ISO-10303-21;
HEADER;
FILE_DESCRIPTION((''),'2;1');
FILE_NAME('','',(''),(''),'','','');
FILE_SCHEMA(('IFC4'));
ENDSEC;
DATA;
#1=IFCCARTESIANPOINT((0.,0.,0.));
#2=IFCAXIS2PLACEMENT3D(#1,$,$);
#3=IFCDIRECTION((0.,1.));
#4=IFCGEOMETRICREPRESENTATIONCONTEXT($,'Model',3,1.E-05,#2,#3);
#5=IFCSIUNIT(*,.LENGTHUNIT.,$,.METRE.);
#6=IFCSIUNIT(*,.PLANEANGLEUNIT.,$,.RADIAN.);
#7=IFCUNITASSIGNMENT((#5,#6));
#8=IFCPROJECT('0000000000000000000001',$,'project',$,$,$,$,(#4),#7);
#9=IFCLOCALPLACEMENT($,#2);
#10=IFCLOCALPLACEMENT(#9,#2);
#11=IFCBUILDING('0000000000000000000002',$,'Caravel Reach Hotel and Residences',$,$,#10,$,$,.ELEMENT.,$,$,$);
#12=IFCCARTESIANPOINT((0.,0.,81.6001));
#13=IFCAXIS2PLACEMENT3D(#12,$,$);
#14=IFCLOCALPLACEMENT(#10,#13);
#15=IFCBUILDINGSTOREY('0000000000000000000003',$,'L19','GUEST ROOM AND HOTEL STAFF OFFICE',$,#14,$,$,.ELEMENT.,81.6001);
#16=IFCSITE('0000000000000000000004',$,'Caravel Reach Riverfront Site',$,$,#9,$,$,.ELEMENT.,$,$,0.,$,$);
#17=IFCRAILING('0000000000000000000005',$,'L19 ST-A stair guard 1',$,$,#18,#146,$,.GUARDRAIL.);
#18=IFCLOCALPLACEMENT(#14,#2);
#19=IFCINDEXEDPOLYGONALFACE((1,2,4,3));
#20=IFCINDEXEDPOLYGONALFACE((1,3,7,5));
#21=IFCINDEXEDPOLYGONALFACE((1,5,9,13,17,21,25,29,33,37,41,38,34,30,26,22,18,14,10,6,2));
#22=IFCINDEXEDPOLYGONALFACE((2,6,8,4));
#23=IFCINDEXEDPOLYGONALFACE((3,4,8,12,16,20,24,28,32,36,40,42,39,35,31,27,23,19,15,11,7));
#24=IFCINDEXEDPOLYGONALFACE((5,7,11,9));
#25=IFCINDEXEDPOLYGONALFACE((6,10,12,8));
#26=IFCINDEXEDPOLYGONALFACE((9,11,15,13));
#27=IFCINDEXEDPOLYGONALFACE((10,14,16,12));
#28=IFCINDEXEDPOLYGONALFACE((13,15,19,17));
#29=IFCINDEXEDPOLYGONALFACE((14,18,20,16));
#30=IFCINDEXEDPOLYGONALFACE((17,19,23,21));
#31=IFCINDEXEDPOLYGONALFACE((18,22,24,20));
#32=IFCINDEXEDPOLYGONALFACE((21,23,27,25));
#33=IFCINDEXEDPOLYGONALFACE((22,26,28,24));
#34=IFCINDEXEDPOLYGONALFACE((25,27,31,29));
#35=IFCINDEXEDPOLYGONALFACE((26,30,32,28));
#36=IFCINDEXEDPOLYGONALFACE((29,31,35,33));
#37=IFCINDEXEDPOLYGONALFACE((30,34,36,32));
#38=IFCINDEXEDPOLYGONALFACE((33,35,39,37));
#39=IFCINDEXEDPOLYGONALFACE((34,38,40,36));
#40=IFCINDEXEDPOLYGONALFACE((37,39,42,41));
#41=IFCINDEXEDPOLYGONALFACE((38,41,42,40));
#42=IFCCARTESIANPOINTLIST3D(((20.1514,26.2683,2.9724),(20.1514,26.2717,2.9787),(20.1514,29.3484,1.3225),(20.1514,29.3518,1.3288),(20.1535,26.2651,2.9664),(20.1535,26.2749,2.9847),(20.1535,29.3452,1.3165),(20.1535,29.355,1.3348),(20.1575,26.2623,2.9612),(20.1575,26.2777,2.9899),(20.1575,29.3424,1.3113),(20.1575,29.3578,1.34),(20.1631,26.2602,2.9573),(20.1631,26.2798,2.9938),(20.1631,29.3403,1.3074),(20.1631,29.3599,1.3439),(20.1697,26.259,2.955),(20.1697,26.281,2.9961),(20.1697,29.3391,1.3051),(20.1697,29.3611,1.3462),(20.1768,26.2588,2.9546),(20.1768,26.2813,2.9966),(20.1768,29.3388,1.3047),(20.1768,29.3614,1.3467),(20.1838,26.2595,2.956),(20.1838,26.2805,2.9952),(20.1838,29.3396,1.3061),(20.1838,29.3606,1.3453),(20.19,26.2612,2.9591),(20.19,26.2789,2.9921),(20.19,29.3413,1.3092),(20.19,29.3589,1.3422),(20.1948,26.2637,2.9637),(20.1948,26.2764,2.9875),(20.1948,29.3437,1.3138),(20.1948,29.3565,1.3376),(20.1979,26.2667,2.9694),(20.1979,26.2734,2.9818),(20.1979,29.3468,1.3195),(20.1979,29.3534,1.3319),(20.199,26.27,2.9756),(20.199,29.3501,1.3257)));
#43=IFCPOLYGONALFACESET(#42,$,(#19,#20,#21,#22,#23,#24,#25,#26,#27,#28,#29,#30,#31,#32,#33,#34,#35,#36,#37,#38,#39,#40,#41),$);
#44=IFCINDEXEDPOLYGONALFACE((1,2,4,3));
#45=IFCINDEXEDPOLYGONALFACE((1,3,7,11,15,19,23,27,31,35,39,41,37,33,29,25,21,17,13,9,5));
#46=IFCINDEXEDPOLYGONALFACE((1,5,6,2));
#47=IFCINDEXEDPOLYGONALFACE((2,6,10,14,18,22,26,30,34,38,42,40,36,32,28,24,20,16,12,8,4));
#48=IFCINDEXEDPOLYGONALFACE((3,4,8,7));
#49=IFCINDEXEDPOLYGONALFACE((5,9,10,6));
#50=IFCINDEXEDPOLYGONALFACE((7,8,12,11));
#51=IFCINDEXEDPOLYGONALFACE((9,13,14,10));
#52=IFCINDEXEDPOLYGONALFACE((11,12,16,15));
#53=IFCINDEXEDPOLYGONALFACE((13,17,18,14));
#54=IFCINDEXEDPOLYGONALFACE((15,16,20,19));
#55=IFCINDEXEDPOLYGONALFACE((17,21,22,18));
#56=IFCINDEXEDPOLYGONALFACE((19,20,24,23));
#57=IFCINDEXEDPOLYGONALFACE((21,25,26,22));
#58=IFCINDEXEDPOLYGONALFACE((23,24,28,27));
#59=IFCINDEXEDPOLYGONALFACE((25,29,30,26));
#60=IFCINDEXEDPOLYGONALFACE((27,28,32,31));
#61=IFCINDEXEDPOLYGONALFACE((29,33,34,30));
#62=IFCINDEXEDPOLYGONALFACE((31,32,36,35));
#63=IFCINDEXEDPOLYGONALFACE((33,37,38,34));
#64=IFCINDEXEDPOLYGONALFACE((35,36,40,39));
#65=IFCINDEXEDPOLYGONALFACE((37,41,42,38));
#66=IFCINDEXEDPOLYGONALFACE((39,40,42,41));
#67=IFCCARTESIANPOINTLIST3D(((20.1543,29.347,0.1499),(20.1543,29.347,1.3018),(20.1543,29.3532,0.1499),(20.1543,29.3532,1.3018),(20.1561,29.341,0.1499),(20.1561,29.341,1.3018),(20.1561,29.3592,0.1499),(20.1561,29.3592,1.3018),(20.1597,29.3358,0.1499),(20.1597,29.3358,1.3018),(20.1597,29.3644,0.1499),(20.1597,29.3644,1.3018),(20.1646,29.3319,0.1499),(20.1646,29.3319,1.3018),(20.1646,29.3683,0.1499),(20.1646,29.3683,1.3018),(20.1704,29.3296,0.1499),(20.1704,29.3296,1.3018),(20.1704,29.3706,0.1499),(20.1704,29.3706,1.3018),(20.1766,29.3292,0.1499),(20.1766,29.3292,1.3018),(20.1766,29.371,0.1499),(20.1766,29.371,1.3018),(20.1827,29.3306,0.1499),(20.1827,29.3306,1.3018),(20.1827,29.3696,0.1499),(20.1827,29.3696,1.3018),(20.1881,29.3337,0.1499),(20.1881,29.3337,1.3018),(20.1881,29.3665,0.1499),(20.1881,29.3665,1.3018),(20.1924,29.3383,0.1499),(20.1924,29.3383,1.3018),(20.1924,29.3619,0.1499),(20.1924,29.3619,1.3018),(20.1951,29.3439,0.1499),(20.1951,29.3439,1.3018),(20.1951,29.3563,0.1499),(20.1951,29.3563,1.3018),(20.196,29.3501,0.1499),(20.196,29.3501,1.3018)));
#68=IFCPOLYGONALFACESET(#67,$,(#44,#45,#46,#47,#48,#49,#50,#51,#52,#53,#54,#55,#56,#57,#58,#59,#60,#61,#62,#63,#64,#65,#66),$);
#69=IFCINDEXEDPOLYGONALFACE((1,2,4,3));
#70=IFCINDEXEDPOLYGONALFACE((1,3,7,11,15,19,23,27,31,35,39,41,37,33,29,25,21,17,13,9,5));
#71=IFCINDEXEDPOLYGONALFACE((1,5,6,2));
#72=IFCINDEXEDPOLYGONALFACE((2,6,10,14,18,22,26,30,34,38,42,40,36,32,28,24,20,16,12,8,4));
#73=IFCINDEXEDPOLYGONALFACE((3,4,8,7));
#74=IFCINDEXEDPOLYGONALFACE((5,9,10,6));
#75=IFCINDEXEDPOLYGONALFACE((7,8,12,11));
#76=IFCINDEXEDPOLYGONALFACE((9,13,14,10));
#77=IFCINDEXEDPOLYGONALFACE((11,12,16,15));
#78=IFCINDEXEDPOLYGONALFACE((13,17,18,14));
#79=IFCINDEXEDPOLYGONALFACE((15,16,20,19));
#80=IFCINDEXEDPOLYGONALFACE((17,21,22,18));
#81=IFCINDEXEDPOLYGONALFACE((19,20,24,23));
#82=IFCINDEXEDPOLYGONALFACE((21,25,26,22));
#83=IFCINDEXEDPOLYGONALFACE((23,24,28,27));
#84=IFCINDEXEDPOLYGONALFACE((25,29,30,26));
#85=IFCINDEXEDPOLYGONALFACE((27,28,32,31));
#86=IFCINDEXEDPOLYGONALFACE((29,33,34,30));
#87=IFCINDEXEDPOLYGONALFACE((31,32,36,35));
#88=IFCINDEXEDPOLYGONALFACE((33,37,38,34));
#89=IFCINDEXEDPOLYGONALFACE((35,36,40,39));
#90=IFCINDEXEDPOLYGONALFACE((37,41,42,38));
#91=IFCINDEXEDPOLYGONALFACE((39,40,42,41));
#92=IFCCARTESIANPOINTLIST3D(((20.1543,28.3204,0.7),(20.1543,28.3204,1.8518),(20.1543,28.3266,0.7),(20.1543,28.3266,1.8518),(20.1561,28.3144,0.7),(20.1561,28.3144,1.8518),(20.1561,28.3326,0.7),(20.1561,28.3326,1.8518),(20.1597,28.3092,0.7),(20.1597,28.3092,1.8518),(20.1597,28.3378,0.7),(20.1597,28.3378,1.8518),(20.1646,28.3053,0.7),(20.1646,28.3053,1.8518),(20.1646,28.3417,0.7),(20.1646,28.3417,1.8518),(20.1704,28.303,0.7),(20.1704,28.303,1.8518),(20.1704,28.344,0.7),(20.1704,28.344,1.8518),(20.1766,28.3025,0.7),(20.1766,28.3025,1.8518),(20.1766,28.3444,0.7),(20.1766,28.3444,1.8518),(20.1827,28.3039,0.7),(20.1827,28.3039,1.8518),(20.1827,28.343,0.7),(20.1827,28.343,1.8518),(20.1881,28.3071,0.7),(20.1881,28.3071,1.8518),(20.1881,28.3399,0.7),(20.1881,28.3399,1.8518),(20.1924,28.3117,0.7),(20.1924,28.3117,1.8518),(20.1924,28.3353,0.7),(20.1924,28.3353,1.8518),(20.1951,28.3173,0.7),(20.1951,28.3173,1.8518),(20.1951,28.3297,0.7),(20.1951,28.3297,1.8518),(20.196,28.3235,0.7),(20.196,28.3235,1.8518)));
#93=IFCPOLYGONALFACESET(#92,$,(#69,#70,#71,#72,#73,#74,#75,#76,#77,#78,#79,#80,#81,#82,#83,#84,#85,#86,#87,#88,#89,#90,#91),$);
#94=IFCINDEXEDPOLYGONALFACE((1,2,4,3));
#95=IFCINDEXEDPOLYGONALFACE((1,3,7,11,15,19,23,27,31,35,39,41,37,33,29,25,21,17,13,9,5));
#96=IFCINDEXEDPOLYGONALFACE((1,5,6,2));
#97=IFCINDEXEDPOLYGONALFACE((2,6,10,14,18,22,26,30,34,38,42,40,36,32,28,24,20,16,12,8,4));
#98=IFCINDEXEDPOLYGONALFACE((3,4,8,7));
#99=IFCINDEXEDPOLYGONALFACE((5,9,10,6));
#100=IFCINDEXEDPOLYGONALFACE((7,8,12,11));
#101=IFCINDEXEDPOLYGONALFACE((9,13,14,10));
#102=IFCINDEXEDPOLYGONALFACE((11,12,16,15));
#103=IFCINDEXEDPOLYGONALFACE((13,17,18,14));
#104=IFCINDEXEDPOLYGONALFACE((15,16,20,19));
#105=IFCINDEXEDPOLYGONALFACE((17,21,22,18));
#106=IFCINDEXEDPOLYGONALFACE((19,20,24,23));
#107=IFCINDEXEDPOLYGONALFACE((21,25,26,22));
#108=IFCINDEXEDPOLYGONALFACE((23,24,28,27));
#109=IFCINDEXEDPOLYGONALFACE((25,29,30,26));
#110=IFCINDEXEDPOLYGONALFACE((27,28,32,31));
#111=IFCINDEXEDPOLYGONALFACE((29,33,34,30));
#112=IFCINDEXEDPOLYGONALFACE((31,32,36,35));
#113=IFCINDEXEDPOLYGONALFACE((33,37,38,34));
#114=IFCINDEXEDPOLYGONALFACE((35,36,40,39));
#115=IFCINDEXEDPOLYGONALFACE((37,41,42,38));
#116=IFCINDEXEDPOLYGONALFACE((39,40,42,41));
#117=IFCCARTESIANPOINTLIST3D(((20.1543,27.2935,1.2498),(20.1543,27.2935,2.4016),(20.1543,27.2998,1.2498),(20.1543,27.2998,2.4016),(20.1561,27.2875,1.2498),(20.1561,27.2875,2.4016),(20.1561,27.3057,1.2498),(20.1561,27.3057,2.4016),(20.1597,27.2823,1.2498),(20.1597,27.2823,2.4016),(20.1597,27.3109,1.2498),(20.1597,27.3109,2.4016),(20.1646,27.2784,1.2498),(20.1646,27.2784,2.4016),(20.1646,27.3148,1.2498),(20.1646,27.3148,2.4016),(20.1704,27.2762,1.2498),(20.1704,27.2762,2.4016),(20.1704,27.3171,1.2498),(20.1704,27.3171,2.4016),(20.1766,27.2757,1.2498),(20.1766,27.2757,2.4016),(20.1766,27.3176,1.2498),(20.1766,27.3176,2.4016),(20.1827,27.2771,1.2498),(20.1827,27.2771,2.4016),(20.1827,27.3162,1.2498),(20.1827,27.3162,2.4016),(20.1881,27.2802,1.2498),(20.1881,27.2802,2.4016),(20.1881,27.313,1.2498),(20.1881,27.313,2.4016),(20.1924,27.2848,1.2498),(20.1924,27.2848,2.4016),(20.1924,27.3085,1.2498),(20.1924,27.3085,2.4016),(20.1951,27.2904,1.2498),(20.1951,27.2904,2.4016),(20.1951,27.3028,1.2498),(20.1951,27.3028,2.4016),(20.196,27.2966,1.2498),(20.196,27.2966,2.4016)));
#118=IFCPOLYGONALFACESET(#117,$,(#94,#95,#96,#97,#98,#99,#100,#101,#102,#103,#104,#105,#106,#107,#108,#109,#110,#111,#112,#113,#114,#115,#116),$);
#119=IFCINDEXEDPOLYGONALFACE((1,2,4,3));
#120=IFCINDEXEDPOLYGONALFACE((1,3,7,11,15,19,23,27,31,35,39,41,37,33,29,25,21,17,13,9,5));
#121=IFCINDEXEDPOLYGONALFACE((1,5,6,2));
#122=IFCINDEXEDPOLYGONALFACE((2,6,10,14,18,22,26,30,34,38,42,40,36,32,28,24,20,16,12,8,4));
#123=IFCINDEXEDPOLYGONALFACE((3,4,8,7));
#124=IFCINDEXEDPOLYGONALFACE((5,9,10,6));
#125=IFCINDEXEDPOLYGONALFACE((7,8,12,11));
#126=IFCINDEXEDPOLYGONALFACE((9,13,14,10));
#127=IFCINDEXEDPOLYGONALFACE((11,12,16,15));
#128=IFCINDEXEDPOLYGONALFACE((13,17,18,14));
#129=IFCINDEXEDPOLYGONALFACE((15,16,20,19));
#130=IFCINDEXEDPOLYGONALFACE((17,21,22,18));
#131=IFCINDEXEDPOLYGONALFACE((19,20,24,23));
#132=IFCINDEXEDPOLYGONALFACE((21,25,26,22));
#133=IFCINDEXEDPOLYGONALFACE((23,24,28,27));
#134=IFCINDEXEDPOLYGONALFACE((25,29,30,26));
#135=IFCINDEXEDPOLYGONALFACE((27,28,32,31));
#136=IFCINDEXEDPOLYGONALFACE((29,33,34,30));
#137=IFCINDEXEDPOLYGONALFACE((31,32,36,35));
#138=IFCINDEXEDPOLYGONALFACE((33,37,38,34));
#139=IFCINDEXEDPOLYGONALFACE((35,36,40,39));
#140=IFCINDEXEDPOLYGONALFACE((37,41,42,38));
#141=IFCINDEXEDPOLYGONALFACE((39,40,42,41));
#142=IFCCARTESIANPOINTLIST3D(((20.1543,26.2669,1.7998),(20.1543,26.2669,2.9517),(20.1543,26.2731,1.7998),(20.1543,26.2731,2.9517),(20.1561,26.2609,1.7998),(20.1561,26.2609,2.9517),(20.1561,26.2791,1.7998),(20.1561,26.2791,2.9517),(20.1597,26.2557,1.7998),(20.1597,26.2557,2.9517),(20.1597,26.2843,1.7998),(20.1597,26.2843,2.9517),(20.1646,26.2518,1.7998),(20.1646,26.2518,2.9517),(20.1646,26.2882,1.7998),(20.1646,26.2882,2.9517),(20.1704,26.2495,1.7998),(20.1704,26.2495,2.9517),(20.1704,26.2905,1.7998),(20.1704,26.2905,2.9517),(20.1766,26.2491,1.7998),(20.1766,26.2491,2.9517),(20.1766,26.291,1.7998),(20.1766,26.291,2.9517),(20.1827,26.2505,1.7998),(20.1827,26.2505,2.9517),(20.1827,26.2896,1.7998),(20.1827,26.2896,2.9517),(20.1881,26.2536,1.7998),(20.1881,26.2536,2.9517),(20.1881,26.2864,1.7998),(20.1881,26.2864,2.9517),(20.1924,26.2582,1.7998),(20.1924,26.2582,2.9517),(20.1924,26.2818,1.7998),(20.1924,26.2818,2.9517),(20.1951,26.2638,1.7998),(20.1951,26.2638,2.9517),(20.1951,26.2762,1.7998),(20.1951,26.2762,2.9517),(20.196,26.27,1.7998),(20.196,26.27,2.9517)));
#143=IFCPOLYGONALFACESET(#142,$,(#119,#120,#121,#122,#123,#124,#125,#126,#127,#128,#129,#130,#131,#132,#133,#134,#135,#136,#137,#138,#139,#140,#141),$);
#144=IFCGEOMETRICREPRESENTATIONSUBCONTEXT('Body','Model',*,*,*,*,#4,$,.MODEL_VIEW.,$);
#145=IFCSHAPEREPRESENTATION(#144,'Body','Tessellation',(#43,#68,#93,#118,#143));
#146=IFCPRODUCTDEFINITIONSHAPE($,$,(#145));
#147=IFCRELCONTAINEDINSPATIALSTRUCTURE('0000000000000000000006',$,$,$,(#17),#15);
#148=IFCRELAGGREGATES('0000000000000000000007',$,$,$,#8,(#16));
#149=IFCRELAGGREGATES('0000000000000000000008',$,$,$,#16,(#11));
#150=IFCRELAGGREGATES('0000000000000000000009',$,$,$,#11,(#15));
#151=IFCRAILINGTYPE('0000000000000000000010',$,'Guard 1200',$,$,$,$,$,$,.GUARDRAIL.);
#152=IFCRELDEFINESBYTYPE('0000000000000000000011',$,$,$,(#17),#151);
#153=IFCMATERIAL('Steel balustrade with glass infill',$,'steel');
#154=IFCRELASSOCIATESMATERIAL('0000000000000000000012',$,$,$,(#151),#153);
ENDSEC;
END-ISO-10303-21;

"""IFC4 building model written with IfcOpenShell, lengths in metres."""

from ifc_helpers import new_model, si_unit, direction, frame, origin, origin_2d, place, context, subcontext, project, spatial, circle, extrude, material, type_object, element, save


model = new_model("IFC4")

# Units and contexts
model_context = context("Model", 3, precision=1e-05, world=origin(), true_north=direction((0.0, 1.0)))
body_context = subcontext(model_context, "Body", "Model", "MODEL_VIEW")
ifc_project = project(units=[si_unit("LENGTHUNIT", "METRE"), si_unit("PLANEANGLEUNIT", "RADIAN")], contexts=[model_context])

# Site, building, storey
site_placement = place(None, origin())
site = spatial("IfcSite", under=ifc_project, at=site_placement, Name="Caravel Reach Riverfront Site", CompositionType="ELEMENT", RefElevation=0.0)
building_placement = place(site_placement, origin())
building = spatial("IfcBuilding", under=site, at=building_placement, Name="Caravel Reach Hotel and Residences", CompositionType="ELEMENT")
storey_placement = place(building_placement, frame((0.0, 0.0, 81.6001)))
storey = spatial("IfcBuildingStorey", under=building, at=storey_placement, Name="L19", Description="GUEST ROOM AND HOTEL STAFF OFFICE", CompositionType="ELEMENT", Elevation=81.6001)

# Railing
ifc_material_1 = material(Name="Steel balustrade with glass infill", Category="steel")
railing_type_1 = type_object("IfcRailingType", Name="Guard 1200", PredefinedType="GUARDRAIL", material=ifc_material_1)
railing_1_placement = place(storey_placement, frame((20.175, 29.3501, 0.1499)))
element("IfcRailing", 1, at=railing_1_placement, inside=storey, type_object=railing_type_1, Name="L19 ST-A stair guard 1", PredefinedType="GUARDRAIL", context=body_context, shape_type="SweptSolid", body=[
    extrude(circle(Radius=0.0239, at=origin_2d()), frame((0.0, 0.0, 1.1758), z_axis=(0.0, -0.881497, 0.47219), x_axis=(1.0, 0.0, 0.0)), (0.0, 0.0, 1.0), 3.4941),
    extrude(circle(Radius=0.021, at=origin_2d()), origin(), (0.0, 0.0, 1.0), 1.1519),
    extrude(circle(Radius=0.021, at=origin_2d()), frame((0.0, -1.0266, 0.55)), (0.0, 0.0, 1.0), 1.1519),
    extrude(circle(Radius=0.021, at=origin_2d()), frame((0.0, -2.0535, 1.0999)), (0.0, 0.0, 1.0), 1.1519),
    extrude(circle(Radius=0.021, at=origin_2d()), frame((0.0, -3.0801, 1.6499)), (0.0, 0.0, 1.0), 1.1519),
])

save(model, "model.ifc")
